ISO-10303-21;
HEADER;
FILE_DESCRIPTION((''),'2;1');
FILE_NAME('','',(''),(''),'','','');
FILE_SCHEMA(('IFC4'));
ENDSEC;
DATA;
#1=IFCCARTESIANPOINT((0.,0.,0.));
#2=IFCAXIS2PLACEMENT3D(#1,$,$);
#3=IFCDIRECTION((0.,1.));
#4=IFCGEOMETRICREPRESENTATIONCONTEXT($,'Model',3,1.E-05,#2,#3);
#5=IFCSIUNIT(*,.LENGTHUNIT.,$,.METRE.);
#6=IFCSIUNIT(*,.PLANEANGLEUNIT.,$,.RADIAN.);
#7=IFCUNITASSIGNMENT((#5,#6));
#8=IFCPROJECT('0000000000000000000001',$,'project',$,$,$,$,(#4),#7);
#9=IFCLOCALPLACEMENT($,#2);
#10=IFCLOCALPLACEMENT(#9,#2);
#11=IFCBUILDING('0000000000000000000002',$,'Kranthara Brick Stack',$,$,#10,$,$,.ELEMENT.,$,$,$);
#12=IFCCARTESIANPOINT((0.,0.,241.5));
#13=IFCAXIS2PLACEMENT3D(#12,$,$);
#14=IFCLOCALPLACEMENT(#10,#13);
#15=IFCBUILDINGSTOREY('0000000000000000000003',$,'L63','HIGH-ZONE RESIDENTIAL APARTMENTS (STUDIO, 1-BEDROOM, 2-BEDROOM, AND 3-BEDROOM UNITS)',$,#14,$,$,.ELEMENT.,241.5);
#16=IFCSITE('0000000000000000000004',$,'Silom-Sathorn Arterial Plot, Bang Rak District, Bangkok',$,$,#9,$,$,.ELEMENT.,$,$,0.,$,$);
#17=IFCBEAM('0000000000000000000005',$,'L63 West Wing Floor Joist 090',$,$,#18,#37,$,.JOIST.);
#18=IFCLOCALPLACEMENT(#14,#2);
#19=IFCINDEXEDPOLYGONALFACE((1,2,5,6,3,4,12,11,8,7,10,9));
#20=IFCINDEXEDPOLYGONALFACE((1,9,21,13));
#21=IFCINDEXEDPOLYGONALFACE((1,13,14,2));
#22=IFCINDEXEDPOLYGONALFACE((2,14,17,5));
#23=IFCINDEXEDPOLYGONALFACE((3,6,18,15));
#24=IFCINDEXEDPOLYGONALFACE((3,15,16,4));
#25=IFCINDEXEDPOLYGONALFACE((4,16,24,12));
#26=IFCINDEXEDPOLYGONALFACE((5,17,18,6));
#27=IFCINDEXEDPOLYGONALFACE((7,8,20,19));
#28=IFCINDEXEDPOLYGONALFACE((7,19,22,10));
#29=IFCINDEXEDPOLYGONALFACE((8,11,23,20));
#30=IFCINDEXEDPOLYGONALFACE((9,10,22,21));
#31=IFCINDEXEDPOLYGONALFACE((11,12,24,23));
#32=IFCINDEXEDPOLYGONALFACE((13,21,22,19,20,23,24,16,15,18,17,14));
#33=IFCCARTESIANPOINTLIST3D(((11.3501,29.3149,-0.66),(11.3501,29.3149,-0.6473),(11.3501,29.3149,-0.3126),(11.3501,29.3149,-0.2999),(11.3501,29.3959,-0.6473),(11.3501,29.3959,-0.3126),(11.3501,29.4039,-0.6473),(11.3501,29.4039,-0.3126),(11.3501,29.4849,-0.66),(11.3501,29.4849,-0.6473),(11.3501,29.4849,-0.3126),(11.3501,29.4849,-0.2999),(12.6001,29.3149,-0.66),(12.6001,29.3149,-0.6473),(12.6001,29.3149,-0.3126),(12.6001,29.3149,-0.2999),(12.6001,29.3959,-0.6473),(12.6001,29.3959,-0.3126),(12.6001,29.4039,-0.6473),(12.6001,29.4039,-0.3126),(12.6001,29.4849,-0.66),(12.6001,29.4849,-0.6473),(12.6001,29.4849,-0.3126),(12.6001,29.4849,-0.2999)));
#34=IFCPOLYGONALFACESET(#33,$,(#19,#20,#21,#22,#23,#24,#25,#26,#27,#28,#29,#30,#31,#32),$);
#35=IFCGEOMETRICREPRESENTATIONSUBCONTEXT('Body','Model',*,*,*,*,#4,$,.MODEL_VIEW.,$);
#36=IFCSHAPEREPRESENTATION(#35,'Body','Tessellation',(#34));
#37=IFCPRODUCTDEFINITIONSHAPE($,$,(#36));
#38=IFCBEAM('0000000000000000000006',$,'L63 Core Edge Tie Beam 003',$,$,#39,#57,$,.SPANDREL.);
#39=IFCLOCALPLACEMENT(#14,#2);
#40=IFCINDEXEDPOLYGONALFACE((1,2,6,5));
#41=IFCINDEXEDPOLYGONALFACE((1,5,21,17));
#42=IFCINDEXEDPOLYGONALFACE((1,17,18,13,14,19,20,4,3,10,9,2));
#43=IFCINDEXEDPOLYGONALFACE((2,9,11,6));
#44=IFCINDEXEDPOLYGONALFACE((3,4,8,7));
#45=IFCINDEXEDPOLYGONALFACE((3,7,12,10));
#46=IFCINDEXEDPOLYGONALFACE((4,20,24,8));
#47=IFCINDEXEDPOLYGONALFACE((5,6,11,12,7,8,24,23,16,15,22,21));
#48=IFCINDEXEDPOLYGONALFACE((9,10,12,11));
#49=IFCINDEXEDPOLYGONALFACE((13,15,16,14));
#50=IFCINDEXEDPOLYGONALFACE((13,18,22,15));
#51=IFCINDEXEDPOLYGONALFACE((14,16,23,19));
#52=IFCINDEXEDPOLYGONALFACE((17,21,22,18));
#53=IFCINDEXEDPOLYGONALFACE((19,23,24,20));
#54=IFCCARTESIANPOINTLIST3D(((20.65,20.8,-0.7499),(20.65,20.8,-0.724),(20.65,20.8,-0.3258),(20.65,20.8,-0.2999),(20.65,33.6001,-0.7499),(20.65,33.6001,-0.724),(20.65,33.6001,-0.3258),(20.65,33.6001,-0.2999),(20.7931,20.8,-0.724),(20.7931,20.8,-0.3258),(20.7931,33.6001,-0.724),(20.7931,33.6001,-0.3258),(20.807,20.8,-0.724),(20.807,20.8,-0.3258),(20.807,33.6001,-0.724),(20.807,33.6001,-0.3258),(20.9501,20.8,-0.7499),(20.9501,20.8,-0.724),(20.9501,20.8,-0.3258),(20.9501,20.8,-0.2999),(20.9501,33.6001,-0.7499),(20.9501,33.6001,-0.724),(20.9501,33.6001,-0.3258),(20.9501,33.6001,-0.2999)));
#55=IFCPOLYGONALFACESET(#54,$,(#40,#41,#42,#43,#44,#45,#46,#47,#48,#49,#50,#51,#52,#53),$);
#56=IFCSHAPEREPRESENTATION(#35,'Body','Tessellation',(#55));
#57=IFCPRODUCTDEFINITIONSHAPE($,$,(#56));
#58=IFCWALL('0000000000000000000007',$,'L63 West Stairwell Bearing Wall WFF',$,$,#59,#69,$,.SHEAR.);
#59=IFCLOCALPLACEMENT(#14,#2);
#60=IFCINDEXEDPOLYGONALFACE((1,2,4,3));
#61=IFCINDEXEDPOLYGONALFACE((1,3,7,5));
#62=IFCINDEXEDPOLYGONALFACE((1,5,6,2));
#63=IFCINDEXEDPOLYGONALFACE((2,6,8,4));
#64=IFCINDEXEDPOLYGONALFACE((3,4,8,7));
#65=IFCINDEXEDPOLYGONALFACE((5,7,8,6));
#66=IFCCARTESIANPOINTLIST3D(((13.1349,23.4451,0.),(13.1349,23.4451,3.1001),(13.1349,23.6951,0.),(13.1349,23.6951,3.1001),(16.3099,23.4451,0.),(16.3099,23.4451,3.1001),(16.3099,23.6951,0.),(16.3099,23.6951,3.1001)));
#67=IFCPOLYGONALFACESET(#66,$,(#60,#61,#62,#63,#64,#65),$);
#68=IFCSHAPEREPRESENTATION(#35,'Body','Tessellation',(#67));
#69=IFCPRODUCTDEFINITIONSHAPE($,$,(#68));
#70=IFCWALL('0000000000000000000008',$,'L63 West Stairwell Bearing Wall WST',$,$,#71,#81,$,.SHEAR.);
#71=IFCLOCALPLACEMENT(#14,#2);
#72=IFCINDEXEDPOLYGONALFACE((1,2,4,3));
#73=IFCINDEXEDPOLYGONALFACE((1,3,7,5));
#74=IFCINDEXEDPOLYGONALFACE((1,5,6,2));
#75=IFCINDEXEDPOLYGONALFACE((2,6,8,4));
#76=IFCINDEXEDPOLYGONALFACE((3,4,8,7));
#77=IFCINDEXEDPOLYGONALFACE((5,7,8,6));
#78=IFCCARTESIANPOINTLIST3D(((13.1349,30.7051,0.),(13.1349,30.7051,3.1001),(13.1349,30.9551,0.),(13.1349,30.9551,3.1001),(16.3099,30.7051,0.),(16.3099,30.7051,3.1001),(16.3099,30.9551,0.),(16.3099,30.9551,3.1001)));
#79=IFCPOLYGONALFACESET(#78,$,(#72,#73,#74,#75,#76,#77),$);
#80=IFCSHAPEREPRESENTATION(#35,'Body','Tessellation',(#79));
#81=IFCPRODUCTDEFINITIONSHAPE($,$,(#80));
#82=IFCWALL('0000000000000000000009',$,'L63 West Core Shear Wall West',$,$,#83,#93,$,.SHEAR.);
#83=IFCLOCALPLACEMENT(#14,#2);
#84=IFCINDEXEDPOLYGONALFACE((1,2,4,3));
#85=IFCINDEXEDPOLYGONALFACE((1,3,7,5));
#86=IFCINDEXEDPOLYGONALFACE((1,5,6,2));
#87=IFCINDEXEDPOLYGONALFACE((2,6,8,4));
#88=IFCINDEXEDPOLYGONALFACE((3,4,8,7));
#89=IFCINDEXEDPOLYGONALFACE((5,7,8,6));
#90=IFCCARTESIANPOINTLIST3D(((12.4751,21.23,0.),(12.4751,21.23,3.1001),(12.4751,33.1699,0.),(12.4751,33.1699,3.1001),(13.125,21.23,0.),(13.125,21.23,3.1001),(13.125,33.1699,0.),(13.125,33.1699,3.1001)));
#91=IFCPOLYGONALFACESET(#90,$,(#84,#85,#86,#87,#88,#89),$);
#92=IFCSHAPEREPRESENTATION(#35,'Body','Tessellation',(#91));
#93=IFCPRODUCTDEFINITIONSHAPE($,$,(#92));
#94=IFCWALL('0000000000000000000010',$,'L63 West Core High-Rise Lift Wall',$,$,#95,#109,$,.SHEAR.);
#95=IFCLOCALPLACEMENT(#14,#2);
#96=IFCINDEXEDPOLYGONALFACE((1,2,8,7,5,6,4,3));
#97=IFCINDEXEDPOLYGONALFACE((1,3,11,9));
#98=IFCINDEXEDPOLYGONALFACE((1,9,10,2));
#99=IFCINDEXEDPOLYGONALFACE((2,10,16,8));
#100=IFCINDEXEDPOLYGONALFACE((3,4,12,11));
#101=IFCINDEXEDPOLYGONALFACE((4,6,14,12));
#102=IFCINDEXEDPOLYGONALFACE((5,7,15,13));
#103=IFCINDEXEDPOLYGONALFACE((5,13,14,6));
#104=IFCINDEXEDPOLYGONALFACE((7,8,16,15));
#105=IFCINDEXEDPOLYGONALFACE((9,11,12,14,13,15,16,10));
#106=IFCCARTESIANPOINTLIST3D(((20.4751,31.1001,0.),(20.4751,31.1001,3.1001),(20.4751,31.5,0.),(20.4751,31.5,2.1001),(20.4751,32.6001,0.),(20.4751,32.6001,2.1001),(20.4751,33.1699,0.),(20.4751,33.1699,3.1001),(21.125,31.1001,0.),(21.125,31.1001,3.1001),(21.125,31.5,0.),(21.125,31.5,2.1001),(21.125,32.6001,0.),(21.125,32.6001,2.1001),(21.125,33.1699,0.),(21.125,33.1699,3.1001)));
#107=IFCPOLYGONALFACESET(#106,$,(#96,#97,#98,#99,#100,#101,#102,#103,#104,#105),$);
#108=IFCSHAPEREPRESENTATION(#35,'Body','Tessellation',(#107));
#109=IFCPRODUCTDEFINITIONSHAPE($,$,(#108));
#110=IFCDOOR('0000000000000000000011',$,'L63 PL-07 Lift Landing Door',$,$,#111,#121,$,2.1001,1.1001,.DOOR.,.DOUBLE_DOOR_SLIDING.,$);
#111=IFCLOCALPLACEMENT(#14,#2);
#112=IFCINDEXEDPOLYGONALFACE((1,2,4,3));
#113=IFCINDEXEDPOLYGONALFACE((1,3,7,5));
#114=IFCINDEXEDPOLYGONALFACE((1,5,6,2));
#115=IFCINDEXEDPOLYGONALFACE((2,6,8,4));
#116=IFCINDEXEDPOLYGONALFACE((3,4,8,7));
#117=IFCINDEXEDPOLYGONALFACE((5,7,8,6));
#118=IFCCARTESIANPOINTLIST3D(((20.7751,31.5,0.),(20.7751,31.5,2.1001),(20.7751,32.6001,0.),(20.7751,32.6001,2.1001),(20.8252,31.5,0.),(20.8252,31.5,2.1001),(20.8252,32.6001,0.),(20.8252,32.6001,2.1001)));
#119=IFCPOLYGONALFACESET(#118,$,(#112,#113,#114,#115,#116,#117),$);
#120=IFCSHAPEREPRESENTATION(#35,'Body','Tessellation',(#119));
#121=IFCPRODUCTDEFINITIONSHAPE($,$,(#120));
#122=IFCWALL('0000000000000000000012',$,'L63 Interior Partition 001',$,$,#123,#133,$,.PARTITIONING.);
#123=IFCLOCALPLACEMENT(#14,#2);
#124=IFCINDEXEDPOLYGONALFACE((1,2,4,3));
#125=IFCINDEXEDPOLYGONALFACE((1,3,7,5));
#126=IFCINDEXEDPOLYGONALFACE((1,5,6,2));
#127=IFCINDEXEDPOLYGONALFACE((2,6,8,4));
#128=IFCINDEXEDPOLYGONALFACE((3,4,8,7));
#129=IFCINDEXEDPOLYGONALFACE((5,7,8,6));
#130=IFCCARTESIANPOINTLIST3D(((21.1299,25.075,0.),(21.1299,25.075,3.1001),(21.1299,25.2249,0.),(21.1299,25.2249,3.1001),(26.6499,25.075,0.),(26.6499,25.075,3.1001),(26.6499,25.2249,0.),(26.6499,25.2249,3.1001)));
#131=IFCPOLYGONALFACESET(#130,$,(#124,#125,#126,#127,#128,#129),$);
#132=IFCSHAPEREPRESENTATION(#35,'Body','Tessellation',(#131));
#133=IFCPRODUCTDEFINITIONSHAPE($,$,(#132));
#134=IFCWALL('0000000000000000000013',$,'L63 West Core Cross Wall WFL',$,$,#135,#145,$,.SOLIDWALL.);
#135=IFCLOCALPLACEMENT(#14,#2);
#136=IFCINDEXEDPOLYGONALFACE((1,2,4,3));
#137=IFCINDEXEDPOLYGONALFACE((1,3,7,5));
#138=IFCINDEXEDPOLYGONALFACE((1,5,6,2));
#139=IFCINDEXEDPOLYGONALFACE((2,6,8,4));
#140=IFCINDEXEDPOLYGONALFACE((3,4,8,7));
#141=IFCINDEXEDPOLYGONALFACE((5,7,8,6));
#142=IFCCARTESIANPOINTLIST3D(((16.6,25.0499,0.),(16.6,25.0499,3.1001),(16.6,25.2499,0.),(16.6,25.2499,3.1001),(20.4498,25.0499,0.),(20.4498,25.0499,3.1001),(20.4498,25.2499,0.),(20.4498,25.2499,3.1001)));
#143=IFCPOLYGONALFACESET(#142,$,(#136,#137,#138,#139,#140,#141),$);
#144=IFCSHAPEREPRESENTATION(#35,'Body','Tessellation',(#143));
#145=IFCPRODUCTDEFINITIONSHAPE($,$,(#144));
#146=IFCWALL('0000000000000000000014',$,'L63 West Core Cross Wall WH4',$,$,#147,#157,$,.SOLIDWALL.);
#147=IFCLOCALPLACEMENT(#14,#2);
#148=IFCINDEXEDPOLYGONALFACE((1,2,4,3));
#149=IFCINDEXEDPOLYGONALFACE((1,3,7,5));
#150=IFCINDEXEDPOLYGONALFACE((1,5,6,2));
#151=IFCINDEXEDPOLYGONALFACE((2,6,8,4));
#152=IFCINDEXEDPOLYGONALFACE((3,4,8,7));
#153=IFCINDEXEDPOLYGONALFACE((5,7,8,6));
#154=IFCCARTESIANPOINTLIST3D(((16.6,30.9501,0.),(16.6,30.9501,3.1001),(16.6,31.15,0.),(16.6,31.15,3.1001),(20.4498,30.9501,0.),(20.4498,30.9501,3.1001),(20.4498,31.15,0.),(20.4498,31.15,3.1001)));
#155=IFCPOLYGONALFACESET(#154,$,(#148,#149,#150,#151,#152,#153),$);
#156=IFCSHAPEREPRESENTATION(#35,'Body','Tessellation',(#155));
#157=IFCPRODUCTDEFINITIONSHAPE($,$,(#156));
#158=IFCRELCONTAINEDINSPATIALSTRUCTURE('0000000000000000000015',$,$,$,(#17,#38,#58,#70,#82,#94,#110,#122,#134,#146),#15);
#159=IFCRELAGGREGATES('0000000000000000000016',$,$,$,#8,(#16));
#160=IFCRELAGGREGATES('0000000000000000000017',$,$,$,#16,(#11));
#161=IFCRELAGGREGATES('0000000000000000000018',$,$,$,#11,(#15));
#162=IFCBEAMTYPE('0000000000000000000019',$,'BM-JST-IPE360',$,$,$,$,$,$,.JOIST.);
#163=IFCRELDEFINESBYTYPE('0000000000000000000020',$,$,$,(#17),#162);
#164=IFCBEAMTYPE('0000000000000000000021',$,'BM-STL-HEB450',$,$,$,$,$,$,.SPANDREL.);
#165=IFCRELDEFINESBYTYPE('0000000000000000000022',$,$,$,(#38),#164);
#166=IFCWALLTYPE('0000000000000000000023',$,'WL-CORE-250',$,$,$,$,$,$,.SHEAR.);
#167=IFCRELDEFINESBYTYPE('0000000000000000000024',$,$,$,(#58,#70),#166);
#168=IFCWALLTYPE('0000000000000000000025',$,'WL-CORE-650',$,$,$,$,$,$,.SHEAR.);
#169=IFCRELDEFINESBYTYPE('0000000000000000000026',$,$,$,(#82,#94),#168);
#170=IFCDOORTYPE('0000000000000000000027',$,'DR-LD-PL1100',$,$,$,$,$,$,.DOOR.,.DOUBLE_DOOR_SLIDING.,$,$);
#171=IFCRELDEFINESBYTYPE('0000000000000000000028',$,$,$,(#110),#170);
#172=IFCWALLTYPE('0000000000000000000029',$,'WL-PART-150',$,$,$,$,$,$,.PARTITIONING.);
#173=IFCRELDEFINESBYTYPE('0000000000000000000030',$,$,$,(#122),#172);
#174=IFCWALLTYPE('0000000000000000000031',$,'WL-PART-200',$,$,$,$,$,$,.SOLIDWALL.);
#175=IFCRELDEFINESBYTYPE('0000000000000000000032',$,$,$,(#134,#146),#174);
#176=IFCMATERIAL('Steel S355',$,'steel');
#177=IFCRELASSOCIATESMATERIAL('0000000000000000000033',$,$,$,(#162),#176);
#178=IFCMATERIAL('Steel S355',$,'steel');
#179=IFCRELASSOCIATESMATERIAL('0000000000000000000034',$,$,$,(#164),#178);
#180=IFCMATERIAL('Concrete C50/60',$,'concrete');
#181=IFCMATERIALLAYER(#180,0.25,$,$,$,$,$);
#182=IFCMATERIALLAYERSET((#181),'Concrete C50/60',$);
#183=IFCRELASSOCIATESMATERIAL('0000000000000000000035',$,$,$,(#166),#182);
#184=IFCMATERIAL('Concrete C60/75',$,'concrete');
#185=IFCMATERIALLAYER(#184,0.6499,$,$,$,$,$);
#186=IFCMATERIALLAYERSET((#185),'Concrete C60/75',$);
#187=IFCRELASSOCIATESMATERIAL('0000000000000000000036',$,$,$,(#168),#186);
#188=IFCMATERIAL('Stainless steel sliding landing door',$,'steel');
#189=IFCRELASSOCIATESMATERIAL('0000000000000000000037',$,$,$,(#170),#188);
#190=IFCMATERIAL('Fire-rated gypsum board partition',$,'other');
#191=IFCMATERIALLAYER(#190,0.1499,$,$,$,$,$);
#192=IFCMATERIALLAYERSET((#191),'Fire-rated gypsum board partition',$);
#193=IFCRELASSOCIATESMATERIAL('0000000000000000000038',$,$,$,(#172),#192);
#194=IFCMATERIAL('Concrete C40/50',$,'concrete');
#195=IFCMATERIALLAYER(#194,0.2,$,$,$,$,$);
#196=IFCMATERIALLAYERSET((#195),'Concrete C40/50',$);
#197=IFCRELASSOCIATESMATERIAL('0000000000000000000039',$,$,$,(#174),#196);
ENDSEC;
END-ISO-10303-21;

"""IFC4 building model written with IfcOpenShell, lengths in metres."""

from ifc_helpers import new_model, si_unit, direction, frame, frame_2d, origin, origin_2d, place, context, subcontext, project, spatial, rectangle, i_section, extrude, material, layer, layer_set, material_profile, profile_set, type_object, element, fill, save


model = new_model("IFC4")

# Units and contexts
model_context = context("Model", 3, precision=1e-05, world=origin(), true_north=direction((0.0, 1.0)))
body_context = subcontext(model_context, "Body", "Model", "MODEL_VIEW")
ifc_project = project(units=[si_unit("LENGTHUNIT", "METRE"), si_unit("PLANEANGLEUNIT", "RADIAN")], contexts=[model_context])

# Site, building, storey
site_placement = place(None, origin())
site = spatial("IfcSite", under=ifc_project, at=site_placement, Name="Silom-Sathorn Arterial Plot, Bang Rak District, Bangkok", CompositionType="ELEMENT", RefElevation=0.0)
building_placement = place(site_placement, origin())
building = spatial("IfcBuilding", under=site, at=building_placement, Name="Kranthara Brick Stack", CompositionType="ELEMENT")
storey_placement = place(building_placement, frame((0.0, 0.0, 241.5)))
storey = spatial("IfcBuildingStorey", under=building, at=storey_placement, Name="L63", Description="HIGH-ZONE RESIDENTIAL APARTMENTS (STUDIO, 1-BEDROOM, 2-BEDROOM, AND 3-BEDROOM UNITS)", CompositionType="ELEMENT", Elevation=241.5)

# Beams
ifc_material_1 = material(Name="Steel S355", Category="steel")
ifc_material_profile_1 = material_profile(ifc_material_1, i_section(OverallWidth=0.1699, OverallDepth=0.3601, WebThickness=0.0081, FlangeThickness=0.0127, at=origin_2d()), Name="IPE 360")
ifc_profile_set_1 = profile_set([ifc_material_profile_1], Name="Steel S355")
beam_type_1 = type_object("IfcBeamType", Name="BM-JST-IPE360", PredefinedType="JOIST", material=ifc_profile_set_1)
for number, where, z_axis, x_axis, name in (
    (1, (11.3501, 29.3999, -0.48), (1.0, 0.0, 0.0), (0.0, 1.0, 0.0), "L63 West Wing Floor Joist 090"),
):
    element("IfcBeam", number, at=place(storey_placement, frame(where, z_axis=z_axis, x_axis=x_axis)), inside=storey, type_object=beam_type_1, Name=name, PredefinedType="JOIST", context=body_context, shape_type="SweptSolid", body=[
        extrude(i_section(OverallWidth=0.1699, OverallDepth=0.3601, WebThickness=0.0081, FlangeThickness=0.0127, at=origin_2d()), origin(), (0.0, 0.0, 1.0), 1.25),
    ])
ifc_material_2 = material(Name="Steel S355", Category="steel")
ifc_material_profile_2 = material_profile(ifc_material_2, i_section(OverallWidth=0.3, OverallDepth=0.45, WebThickness=0.0139, FlangeThickness=0.0259, at=origin_2d()), Name="HEB 450")
ifc_profile_set_2 = profile_set([ifc_material_profile_2], Name="Steel S355")
beam_type_2 = type_object("IfcBeamType", Name="BM-STL-HEB450", PredefinedType="SPANDREL", material=ifc_profile_set_2)
beam_placement = place(storey_placement, frame((20.8, 20.8, -0.5249), z_axis=(0.0, 1.0, 0.0), x_axis=(-1.0, 0.0, 0.0)))
element("IfcBeam", 2, at=beam_placement, inside=storey, type_object=beam_type_2, Name="L63 Core Edge Tie Beam 003", PredefinedType="SPANDREL", context=body_context, shape_type="SweptSolid", body=[
    extrude(i_section(OverallWidth=0.3, OverallDepth=0.45, WebThickness=0.0139, FlangeThickness=0.0259, at=origin_2d()), origin(), (0.0, 0.0, 1.0), 12.8),
])

# Shared definitions
ifc_material_3 = material(Name="Concrete C50/60", Category="concrete")
ifc_layer_1 = layer(ifc_material_3, 0.25)
ifc_layer_set_1 = layer_set([ifc_layer_1], Name="Concrete C50/60")
wall_type_1 = type_object("IfcWallType", Name="WL-CORE-250", PredefinedType="SHEAR", material=ifc_layer_set_1)

# Walls
for number, where, z_axis, x_axis, name in (
    (3, (13.135, 23.5701, 0.0), (0.0, 0.0, 1.0), (1.0, 0.0, 0.0), "L63 West Stairwell Bearing Wall WFF"),
    (4, (13.135, 30.8301, 0.0), (0.0, 0.0, 1.0), (1.0, 0.0, 0.0), "L63 West Stairwell Bearing Wall WST"),
):
    element("IfcWall", number, at=place(storey_placement, frame(where, z_axis=z_axis, x_axis=x_axis)), inside=storey, type_object=wall_type_1, Name=name, PredefinedType="SHEAR", context=body_context, shape_type="SweptSolid", body=[
        extrude(rectangle(XDim=3.175, YDim=0.25, at=frame_2d((1.5874, 0.0))), origin(), (0.0, 0.0, 1.0), 3.1001),
    ])
ifc_material_4 = material(Name="Concrete C60/75", Category="concrete")
ifc_layer_2 = layer(ifc_material_4, 0.6499)
ifc_layer_set_2 = layer_set([ifc_layer_2], Name="Concrete C60/75")
wall_type_2 = type_object("IfcWallType", Name="WL-CORE-650", PredefinedType="SHEAR", material=ifc_layer_set_2)
wall_1_placement = place(storey_placement, frame((12.8, 21.23, 0.0), z_axis=(0.0, 0.0, 1.0), x_axis=(0.0, 1.0, 0.0)))
element("IfcWall", 5, at=wall_1_placement, inside=storey, type_object=wall_type_2, Name="L63 West Core Shear Wall West", PredefinedType="SHEAR", context=body_context, shape_type="SweptSolid", body=[
    extrude(rectangle(XDim=11.9399, YDim=0.6499, at=frame_2d((5.97, 0.0))), origin(), (0.0, 0.0, 1.0), 3.1001),
])

# Wall, opening, door
wall_2_placement = place(storey_placement, frame((20.8, 31.1001, 0.0), z_axis=(0.0, 0.0, 1.0), x_axis=(0.0, 1.0, 0.0)))
wall_2 = element("IfcWall", 6, at=wall_2_placement, inside=storey, type_object=wall_type_2, Name="L63 West Core High-Rise Lift Wall", PredefinedType="SHEAR", context=body_context, shape_type="SweptSolid", body=[
    extrude(rectangle(XDim=2.0698, YDim=0.6499, at=frame_2d((1.0349, 0.0))), origin(), (0.0, 0.0, 1.0), 3.1001),
])
opening_1_placement = place(wall_2_placement, frame((0.3999, 0.0, 0.0)))
opening_1 = element("IfcOpeningElement", 7, at=opening_1_placement, cuts=wall_2, PredefinedType="OPENING", context=body_context, shape_type="SweptSolid", body=[
    extrude(rectangle(XDim=1.1001, YDim=2.1001, at=frame_2d((0.55, 1.05))), frame((0.0, 0.335, 0.0), z_axis=(0.0, -1.0, 0.0), x_axis=(1.0, 0.0, 0.0)), (0.0, 0.0, 1.0), 0.6699),
])
ifc_material_5 = material(Name="Stainless steel sliding landing door", Category="steel")
door_type_1 = type_object("IfcDoorType", Name="DR-LD-PL1100", OperationType="DOUBLE_DOOR_SLIDING", PredefinedType="DOOR", material=ifc_material_5)
door_1_placement = place(opening_1_placement, origin())
door_1 = element("IfcDoor", 8, at=door_1_placement, inside=storey, type_object=door_type_1, Name="L63 PL-07 Lift Landing Door", OperationType="DOUBLE_DOOR_SLIDING", OverallHeight=2.1001, OverallWidth=1.1001, PredefinedType="DOOR", context=body_context, shape_type="SweptSolid", body=[
    extrude(rectangle(XDim=1.1001, YDim=2.1001, at=frame_2d((0.55, 1.05))), frame((0.0, 0.0249, 0.0), z_axis=(0.0, -1.0, 0.0), x_axis=(1.0, 0.0, 0.0)), (0.0, 0.0, 1.0), 0.05),
])
fill(opening_1, door_1)

# Walls
ifc_material_6 = material(Name="Fire-rated gypsum board partition", Category="other")
ifc_layer_3 = layer(ifc_material_6, 0.1499)
ifc_layer_set_3 = layer_set([ifc_layer_3], Name="Fire-rated gypsum board partition")
wall_type_3 = type_object("IfcWallType", Name="WL-PART-150", PredefinedType="PARTITIONING", material=ifc_layer_set_3)
wall_3_placement = place(storey_placement, frame((21.1299, 25.1499, 0.0), z_axis=(0.0, 0.0, 1.0), x_axis=(1.0, 0.0, 0.0)))
element("IfcWall", 9, at=wall_3_placement, inside=storey, type_object=wall_type_3, Name="L63 Interior Partition 001", PredefinedType="PARTITIONING", context=body_context, shape_type="SweptSolid", body=[
    extrude(rectangle(XDim=5.52, YDim=0.1499, at=frame_2d((2.76, 0.0))), origin(), (0.0, 0.0, 1.0), 3.1001),
])
ifc_material_7 = material(Name="Concrete C40/50", Category="concrete")
ifc_layer_4 = layer(ifc_material_7, 0.2)
ifc_layer_set_4 = layer_set([ifc_layer_4], Name="Concrete C40/50")
wall_type_4 = type_object("IfcWallType", Name="WL-PART-200", PredefinedType="SOLIDWALL", material=ifc_layer_set_4)
for number, where, z_axis, x_axis, name in (
    (10, (16.6001, 25.1499, 0.0), (0.0, 0.0, 1.0), (1.0, 0.0, 0.0), "L63 West Core Cross Wall WFL"),
    (11, (16.6001, 31.05, 0.0), (0.0, 0.0, 1.0), (1.0, 0.0, 0.0), "L63 West Core Cross Wall WH4"),
):
    element("IfcWall", number, at=place(storey_placement, frame(where, z_axis=z_axis, x_axis=x_axis)), inside=storey, type_object=wall_type_4, Name=name, PredefinedType="SOLIDWALL", context=body_context, shape_type="SweptSolid", body=[
        extrude(rectangle(XDim=3.8499, YDim=0.2, at=frame_2d((1.9248, 0.0))), origin(), (0.0, 0.0, 1.0), 3.1001),
    ])

save(model, "model.ifc")
